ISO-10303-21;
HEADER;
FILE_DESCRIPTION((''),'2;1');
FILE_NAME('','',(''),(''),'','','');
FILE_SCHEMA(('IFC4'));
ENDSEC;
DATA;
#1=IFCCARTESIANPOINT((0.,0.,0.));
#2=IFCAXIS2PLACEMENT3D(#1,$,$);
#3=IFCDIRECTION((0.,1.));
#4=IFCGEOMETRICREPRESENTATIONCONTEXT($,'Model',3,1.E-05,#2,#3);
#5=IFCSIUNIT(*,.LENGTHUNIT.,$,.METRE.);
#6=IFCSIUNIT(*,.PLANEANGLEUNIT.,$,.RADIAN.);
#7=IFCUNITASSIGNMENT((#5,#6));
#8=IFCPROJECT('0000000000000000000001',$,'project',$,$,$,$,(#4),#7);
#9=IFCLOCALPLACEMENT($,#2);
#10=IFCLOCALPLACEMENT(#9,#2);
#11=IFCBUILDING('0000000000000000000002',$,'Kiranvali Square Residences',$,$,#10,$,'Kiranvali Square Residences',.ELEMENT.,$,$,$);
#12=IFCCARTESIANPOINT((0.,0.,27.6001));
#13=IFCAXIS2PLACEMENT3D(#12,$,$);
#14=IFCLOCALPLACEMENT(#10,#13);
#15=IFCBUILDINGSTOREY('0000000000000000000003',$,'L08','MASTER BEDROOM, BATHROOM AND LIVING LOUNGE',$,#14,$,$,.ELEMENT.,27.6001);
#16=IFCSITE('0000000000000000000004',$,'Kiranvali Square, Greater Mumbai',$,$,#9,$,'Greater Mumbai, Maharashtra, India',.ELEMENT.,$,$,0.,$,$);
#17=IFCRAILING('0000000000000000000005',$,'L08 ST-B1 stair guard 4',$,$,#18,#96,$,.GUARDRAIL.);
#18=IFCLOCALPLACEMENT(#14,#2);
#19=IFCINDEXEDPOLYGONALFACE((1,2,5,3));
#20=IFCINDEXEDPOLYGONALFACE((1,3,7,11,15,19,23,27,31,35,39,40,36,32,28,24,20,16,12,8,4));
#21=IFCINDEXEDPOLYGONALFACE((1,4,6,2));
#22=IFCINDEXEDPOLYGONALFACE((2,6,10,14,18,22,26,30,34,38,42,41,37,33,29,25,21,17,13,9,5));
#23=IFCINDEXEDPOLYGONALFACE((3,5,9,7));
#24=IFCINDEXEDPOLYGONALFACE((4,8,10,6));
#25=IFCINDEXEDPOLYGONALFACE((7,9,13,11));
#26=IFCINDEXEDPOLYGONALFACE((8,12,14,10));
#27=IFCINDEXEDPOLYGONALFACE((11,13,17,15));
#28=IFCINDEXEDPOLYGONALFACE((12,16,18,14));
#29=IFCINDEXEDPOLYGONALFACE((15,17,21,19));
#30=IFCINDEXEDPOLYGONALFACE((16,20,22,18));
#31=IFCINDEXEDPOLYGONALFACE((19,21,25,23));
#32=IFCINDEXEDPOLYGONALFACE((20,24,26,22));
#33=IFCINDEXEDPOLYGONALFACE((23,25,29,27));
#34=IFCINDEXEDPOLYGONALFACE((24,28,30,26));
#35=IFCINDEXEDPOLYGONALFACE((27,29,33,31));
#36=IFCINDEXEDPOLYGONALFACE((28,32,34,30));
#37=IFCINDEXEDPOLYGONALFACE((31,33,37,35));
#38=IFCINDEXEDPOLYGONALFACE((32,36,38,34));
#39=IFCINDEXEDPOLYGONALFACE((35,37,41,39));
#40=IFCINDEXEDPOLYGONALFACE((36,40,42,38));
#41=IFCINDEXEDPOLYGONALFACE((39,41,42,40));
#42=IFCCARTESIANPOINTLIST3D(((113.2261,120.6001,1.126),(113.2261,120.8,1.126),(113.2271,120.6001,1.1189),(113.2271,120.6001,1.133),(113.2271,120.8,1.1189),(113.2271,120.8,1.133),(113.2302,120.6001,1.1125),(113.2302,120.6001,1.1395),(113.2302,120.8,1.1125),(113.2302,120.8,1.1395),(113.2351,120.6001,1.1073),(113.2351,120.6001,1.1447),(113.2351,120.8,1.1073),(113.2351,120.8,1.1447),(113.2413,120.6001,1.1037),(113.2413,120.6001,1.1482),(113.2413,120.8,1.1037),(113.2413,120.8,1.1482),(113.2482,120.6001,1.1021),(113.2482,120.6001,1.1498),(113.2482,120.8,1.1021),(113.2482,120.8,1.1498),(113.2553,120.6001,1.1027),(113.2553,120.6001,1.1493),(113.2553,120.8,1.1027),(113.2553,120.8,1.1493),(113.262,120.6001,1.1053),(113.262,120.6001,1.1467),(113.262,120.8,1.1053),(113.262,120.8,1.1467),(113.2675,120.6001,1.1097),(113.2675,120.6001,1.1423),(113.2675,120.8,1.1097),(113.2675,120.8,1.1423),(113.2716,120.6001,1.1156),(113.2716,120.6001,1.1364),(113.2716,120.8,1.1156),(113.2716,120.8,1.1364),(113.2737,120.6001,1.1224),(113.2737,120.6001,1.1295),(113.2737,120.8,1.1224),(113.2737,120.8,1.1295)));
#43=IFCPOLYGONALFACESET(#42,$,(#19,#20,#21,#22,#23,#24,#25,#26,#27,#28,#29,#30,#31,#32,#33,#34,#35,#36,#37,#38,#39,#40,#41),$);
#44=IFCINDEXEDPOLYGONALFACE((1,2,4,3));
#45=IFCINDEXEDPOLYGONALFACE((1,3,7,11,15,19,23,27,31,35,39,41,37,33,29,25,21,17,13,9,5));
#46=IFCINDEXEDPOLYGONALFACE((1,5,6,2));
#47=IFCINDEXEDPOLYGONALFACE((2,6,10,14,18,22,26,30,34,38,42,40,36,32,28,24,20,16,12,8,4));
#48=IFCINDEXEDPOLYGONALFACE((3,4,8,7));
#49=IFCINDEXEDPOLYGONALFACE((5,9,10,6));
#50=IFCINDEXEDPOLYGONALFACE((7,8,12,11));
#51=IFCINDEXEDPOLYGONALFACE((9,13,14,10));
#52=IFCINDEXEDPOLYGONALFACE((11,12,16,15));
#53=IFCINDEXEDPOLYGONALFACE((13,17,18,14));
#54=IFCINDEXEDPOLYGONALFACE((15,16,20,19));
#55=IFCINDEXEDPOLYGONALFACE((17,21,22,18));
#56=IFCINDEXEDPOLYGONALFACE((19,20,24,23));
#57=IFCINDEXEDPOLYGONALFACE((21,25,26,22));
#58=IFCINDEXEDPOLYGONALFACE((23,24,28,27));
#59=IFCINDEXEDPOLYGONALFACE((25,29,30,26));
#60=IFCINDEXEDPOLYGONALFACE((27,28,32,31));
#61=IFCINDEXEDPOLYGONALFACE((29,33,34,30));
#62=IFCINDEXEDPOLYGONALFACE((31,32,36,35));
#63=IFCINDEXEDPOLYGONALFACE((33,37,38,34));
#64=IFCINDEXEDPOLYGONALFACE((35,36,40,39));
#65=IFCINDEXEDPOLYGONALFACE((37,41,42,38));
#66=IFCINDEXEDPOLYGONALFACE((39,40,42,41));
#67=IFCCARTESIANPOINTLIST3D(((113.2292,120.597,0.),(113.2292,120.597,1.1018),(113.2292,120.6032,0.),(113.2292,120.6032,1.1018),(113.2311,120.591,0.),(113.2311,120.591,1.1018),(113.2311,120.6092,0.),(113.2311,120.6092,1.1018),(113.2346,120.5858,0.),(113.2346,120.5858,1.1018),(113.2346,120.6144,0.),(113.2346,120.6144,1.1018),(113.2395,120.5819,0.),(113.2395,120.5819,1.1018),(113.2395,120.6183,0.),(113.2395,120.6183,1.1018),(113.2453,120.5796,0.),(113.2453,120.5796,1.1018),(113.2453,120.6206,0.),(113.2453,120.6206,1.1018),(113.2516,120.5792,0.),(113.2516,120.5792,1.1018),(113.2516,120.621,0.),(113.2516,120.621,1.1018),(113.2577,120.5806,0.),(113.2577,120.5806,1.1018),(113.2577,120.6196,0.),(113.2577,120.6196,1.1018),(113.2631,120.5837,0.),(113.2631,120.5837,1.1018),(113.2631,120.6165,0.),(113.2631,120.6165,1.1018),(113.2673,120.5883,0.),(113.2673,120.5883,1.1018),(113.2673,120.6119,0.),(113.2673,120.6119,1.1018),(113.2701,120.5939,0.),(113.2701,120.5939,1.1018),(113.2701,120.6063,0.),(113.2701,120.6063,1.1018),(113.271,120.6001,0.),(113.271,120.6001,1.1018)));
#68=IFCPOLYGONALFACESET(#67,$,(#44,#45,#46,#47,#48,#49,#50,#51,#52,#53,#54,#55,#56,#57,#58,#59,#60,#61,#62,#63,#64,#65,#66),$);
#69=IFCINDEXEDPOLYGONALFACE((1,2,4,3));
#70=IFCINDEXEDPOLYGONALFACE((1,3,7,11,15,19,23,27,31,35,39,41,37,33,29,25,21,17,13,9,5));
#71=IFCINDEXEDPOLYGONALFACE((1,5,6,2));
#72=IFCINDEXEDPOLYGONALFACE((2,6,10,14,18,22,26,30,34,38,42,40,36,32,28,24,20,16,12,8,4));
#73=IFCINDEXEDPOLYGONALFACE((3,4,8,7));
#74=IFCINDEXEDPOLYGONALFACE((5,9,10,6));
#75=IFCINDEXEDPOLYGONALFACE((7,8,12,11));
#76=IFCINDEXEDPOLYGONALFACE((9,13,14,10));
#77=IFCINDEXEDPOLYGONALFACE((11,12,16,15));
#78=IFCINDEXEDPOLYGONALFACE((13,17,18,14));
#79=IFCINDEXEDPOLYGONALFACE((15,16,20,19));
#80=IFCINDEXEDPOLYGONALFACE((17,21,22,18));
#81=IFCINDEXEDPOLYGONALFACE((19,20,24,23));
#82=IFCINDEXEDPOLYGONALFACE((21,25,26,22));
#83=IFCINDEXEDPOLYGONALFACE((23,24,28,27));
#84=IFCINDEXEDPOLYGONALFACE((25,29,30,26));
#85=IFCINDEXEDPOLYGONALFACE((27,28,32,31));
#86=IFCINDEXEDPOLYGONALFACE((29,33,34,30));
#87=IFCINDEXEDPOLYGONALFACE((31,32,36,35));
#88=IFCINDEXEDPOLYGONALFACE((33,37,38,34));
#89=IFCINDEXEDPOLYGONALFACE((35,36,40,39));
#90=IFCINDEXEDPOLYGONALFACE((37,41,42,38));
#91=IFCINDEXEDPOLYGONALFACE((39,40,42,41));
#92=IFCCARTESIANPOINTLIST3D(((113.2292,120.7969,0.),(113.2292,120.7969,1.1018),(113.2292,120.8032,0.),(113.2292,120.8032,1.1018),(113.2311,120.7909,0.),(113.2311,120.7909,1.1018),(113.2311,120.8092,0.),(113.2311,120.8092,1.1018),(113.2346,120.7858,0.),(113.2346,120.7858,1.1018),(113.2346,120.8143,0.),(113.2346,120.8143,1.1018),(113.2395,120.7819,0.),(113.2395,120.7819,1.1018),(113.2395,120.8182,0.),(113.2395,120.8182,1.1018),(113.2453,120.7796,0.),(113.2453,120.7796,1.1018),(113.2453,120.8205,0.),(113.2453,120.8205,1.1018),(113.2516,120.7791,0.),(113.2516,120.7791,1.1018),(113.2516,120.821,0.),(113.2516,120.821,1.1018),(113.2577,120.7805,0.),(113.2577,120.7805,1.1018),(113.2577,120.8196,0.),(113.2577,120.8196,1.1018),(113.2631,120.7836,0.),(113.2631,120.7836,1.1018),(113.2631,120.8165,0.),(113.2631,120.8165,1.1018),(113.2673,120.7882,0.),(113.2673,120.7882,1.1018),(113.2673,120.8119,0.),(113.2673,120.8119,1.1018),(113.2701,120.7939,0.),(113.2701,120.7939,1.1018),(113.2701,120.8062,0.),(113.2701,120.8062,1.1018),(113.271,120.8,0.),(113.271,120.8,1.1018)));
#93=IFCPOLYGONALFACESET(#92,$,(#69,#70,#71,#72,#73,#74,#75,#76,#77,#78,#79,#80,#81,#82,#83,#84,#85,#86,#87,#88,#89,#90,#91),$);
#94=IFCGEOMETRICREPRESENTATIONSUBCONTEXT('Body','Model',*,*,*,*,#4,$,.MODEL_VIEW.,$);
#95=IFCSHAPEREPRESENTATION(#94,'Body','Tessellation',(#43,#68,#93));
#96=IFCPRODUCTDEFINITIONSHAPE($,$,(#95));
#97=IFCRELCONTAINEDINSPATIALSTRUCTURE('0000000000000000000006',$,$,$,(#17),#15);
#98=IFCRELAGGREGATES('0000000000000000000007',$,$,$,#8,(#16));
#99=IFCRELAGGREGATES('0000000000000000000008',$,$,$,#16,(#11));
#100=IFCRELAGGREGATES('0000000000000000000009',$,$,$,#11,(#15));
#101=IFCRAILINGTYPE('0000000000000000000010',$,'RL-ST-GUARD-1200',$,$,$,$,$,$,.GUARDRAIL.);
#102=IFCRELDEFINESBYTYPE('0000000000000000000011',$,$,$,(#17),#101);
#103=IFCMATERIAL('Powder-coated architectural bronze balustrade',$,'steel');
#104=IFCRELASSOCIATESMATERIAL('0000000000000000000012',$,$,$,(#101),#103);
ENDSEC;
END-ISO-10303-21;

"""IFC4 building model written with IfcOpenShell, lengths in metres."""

from ifc_helpers import new_model, si_unit, direction, frame, origin, origin_2d, place, context, subcontext, project, spatial, circle, extrude, material, type_object, element, save


model = new_model("IFC4")

# Units and contexts
model_context = context("Model", 3, precision=1e-05, world=origin(), true_north=direction((0.0, 1.0)))
body_context = subcontext(model_context, "Body", "Model", "MODEL_VIEW")
ifc_project = project(units=[si_unit("LENGTHUNIT", "METRE"), si_unit("PLANEANGLEUNIT", "RADIAN")], contexts=[model_context])

# Site, building, storey
site_placement = place(None, origin())
site = spatial("IfcSite", under=ifc_project, at=site_placement, Name="Kiranvali Square, Greater Mumbai", LongName="Greater Mumbai, Maharashtra, India", CompositionType="ELEMENT", RefElevation=0.0)
building_placement = place(site_placement, origin())
building = spatial("IfcBuilding", under=site, at=building_placement, Name="Kiranvali Square Residences", LongName="Kiranvali Square Residences", CompositionType="ELEMENT")
storey_placement = place(building_placement, frame((0.0, 0.0, 27.6001)))
storey = spatial("IfcBuildingStorey", under=building, at=storey_placement, Name="L08", Description="MASTER BEDROOM, BATHROOM AND LIVING LOUNGE", CompositionType="ELEMENT", Elevation=27.6001)

# Railing
ifc_material_1 = material(Name="Powder-coated architectural bronze balustrade", Category="steel")
railing_type = type_object("IfcRailingType", Name="RL-ST-GUARD-1200", PredefinedType="GUARDRAIL", material=ifc_material_1)
railing_1_placement = place(storey_placement, frame((113.25, 120.6001, 0.0)))
element("IfcRailing", 1, at=railing_1_placement, inside=storey, type_object=railing_type, Name="L08 ST-B1 stair guard 4", PredefinedType="GUARDRAIL", context=body_context, shape_type="SweptSolid", body=[
    extrude(circle(Radius=0.0239, at=origin_2d()), frame((0.0, 0.0, 1.126), z_axis=(0.0, 1.0, 0.0), x_axis=(-1.0, 0.0, 0.0)), (0.0, 0.0, 1.0), 0.2),
    extrude(circle(Radius=0.021, at=origin_2d()), origin(), (0.0, 0.0, 1.0), 1.1018),
    extrude(circle(Radius=0.021, at=origin_2d()), frame((0.0, 0.2, 0.0)), (0.0, 0.0, 1.0), 1.1018),
])

save(model, "model.ifc")
